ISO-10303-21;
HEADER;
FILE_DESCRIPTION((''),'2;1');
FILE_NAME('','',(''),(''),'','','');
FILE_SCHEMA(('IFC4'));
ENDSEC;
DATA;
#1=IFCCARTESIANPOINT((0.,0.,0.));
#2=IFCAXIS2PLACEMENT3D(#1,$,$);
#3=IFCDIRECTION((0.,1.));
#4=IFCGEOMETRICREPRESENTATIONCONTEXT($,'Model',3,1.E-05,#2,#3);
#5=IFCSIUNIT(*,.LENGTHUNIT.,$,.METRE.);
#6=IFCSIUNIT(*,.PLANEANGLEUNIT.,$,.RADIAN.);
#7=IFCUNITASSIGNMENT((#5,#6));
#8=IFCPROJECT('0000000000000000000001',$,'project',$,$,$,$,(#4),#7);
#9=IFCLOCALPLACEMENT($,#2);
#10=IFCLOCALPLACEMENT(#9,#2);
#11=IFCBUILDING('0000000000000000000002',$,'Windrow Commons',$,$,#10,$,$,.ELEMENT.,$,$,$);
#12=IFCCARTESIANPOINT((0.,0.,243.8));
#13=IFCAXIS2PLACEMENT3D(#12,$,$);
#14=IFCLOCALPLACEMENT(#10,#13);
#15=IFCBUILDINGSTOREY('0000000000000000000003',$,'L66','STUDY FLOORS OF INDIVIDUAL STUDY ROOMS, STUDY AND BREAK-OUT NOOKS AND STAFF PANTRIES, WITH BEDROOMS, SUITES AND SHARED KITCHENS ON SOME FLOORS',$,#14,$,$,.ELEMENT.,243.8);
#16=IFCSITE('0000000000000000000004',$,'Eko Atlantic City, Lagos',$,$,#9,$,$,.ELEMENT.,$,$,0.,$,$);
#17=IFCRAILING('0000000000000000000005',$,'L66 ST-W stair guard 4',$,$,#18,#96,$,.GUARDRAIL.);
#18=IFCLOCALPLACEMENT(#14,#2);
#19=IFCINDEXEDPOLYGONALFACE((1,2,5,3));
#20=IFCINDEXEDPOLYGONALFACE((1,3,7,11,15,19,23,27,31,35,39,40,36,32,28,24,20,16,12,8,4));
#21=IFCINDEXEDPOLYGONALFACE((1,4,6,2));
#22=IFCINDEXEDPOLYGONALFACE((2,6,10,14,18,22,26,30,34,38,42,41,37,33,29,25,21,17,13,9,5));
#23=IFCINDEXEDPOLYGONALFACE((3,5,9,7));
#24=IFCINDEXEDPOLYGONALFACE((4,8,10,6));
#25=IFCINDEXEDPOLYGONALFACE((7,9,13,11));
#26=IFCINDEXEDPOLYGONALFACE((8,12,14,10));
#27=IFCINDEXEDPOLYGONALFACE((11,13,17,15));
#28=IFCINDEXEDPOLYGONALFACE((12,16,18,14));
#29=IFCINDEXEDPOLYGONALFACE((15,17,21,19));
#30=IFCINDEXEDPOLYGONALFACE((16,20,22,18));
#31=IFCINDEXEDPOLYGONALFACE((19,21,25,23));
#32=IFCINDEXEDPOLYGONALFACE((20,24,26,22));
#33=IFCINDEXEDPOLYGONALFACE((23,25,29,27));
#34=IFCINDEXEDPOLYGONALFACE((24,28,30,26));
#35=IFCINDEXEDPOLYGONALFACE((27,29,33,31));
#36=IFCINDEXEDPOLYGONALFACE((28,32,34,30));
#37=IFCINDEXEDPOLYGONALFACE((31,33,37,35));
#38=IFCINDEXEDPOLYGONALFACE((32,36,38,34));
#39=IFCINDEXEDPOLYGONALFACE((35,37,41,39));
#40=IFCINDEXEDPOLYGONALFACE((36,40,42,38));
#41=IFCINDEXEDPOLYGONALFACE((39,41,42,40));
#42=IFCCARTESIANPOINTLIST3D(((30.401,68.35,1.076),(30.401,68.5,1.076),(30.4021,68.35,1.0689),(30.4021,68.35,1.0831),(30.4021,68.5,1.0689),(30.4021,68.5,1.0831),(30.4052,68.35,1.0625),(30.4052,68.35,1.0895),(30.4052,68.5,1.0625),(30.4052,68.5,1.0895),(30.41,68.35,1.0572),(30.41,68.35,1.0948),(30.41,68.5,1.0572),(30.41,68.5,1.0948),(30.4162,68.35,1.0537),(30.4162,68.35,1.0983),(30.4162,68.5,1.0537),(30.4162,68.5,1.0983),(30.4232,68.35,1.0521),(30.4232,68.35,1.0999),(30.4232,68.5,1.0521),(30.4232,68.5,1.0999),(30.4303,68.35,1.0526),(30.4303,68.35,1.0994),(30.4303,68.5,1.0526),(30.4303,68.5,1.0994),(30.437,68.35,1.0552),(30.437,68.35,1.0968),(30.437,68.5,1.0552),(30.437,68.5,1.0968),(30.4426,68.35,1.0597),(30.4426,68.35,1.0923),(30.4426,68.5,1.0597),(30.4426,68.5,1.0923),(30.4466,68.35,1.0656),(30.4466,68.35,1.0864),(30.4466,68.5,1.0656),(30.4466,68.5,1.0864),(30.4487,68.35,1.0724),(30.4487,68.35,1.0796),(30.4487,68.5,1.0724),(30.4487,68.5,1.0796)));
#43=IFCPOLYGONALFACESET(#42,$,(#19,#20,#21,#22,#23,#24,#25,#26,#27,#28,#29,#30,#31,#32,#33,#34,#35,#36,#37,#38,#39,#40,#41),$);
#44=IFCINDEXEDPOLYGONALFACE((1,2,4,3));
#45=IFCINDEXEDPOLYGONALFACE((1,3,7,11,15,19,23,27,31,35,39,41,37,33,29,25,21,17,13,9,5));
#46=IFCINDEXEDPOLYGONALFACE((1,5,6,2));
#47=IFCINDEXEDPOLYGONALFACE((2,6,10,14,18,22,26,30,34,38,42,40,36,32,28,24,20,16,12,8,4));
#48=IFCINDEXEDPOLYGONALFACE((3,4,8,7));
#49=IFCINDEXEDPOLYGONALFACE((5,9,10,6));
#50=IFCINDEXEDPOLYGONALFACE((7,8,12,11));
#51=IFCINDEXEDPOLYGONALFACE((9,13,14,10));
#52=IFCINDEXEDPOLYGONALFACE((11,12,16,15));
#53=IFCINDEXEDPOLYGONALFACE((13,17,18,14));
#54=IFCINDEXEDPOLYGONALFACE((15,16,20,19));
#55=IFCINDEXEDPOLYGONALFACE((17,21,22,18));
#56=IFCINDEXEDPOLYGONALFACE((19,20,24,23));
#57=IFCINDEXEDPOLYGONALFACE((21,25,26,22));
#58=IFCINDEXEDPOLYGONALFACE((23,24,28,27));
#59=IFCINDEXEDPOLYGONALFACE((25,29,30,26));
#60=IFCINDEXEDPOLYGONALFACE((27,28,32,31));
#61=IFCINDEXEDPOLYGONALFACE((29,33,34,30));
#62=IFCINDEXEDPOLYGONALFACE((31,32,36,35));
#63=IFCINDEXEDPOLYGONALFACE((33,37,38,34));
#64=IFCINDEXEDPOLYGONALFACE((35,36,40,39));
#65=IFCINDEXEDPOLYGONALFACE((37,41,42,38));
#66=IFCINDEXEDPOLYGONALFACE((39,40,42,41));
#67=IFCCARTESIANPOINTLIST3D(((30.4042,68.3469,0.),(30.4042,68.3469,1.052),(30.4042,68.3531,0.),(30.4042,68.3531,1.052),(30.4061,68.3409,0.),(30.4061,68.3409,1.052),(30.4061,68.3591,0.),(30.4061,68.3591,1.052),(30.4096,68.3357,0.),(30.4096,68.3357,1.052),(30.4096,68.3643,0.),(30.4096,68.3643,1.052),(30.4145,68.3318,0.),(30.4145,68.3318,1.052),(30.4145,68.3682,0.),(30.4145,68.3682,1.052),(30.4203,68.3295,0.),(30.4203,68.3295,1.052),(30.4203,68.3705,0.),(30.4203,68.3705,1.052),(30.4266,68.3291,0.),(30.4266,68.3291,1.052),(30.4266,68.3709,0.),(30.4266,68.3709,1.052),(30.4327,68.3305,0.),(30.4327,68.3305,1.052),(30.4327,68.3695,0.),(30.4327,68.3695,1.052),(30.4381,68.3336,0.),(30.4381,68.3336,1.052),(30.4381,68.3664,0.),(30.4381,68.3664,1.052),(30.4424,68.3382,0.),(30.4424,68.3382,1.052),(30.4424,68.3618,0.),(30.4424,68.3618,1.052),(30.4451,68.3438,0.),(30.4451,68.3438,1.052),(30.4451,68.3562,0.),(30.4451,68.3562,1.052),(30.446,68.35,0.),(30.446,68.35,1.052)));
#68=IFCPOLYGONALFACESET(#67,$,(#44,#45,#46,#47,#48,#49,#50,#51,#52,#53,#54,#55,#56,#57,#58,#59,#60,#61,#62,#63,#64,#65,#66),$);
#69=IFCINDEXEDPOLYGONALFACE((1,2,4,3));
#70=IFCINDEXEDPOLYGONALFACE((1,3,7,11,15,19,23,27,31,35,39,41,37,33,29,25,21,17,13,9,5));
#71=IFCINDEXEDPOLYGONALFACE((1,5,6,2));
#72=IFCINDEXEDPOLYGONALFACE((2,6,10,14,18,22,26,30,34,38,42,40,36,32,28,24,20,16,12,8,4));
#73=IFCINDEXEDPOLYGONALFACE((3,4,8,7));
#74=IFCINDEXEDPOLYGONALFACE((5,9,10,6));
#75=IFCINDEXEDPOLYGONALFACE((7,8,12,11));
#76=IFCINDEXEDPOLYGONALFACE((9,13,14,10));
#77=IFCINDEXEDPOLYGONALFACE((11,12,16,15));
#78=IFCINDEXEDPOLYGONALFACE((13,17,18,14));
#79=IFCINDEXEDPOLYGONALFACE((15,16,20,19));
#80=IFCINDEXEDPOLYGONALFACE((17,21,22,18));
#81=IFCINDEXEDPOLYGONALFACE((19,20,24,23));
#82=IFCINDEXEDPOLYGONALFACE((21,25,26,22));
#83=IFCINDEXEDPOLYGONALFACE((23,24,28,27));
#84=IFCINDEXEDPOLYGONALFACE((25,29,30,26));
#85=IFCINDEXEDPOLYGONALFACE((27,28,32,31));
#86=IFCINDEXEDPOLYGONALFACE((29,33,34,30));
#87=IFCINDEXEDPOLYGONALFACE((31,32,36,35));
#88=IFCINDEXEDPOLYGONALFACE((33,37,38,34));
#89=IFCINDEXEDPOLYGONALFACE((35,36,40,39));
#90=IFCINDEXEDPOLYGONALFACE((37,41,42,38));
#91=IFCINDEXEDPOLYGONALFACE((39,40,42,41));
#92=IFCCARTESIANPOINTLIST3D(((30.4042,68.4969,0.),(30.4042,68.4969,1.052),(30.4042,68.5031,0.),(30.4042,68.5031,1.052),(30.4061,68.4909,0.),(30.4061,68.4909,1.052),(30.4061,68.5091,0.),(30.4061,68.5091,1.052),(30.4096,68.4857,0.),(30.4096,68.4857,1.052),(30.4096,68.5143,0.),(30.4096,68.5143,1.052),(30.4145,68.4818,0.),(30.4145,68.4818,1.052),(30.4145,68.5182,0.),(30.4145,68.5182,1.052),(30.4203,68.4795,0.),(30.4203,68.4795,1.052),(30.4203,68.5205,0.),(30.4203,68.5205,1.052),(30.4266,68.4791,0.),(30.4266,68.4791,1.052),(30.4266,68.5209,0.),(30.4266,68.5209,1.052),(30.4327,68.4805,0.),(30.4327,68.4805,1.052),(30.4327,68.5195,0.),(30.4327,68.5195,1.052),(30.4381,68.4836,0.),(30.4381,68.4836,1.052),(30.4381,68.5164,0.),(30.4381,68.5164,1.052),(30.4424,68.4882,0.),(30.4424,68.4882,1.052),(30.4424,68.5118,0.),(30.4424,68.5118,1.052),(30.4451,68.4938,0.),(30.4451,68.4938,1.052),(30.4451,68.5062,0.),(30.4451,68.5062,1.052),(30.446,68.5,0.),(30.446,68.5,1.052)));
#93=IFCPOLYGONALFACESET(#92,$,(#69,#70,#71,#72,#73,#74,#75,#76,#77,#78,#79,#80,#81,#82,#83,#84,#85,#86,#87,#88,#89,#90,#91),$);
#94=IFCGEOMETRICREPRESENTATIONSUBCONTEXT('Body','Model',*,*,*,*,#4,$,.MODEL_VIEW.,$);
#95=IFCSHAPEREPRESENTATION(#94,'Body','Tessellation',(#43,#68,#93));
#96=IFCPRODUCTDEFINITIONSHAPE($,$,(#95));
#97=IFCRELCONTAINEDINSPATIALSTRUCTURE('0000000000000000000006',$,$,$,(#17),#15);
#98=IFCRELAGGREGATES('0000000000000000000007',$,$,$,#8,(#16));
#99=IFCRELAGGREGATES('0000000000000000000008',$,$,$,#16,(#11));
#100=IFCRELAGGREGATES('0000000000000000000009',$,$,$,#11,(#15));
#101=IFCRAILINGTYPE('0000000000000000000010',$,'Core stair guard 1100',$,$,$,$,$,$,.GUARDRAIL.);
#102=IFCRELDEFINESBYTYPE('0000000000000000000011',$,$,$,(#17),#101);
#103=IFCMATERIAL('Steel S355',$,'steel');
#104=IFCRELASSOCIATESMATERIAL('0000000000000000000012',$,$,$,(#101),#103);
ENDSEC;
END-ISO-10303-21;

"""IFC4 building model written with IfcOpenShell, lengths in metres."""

from ifc_helpers import new_model, si_unit, direction, frame, origin, origin_2d, place, context, subcontext, project, spatial, circle, extrude, material, type_object, element, save


model = new_model("IFC4")

# Units and contexts
model_context = context("Model", 3, precision=1e-05, world=origin(), true_north=direction((0.0, 1.0)))
body_context = subcontext(model_context, "Body", "Model", "MODEL_VIEW")
ifc_project = project(units=[si_unit("LENGTHUNIT", "METRE"), si_unit("PLANEANGLEUNIT", "RADIAN")], contexts=[model_context])

# Site, building, storey
site_placement = place(None, origin())
site = spatial("IfcSite", under=ifc_project, at=site_placement, Name="Eko Atlantic City, Lagos", CompositionType="ELEMENT", RefElevation=0.0)
building_placement = place(site_placement, origin())
building = spatial("IfcBuilding", under=site, at=building_placement, Name="Windrow Commons", CompositionType="ELEMENT")
storey_placement = place(building_placement, frame((0.0, 0.0, 243.8)))
storey = spatial("IfcBuildingStorey", under=building, at=storey_placement, Name="L66", Description="STUDY FLOORS OF INDIVIDUAL STUDY ROOMS, STUDY AND BREAK-OUT NOOKS AND STAFF PANTRIES, WITH BEDROOMS, SUITES AND SHARED KITCHENS ON SOME FLOORS", CompositionType="ELEMENT", Elevation=243.8)

# Railing
ifc_material_1 = material(Name="Steel S355", Category="steel")
railing_type_1 = type_object("IfcRailingType", Name="Core stair guard 1100", PredefinedType="GUARDRAIL", material=ifc_material_1)
railing_1_placement = place(storey_placement, frame((30.425, 68.35, 0.0)))
element("IfcRailing", 1, at=railing_1_placement, inside=storey, type_object=railing_type_1, Name="L66 ST-W stair guard 4", PredefinedType="GUARDRAIL", context=body_context, shape_type="SweptSolid", body=[
    extrude(circle(Radius=0.024, at=origin_2d()), frame((0.0, 0.0, 1.076), z_axis=(0.0, 1.0, 0.0), x_axis=(-1.0, 0.0, 0.0)), (0.0, 0.0, 1.0), 0.15),
    extrude(circle(Radius=0.021, at=origin_2d()), origin(), (0.0, 0.0, 1.0), 1.052),
    extrude(circle(Radius=0.021, at=origin_2d()), frame((0.0, 0.15, 0.0)), (0.0, 0.0, 1.0), 1.052),
])

save(model, "model.ifc")
